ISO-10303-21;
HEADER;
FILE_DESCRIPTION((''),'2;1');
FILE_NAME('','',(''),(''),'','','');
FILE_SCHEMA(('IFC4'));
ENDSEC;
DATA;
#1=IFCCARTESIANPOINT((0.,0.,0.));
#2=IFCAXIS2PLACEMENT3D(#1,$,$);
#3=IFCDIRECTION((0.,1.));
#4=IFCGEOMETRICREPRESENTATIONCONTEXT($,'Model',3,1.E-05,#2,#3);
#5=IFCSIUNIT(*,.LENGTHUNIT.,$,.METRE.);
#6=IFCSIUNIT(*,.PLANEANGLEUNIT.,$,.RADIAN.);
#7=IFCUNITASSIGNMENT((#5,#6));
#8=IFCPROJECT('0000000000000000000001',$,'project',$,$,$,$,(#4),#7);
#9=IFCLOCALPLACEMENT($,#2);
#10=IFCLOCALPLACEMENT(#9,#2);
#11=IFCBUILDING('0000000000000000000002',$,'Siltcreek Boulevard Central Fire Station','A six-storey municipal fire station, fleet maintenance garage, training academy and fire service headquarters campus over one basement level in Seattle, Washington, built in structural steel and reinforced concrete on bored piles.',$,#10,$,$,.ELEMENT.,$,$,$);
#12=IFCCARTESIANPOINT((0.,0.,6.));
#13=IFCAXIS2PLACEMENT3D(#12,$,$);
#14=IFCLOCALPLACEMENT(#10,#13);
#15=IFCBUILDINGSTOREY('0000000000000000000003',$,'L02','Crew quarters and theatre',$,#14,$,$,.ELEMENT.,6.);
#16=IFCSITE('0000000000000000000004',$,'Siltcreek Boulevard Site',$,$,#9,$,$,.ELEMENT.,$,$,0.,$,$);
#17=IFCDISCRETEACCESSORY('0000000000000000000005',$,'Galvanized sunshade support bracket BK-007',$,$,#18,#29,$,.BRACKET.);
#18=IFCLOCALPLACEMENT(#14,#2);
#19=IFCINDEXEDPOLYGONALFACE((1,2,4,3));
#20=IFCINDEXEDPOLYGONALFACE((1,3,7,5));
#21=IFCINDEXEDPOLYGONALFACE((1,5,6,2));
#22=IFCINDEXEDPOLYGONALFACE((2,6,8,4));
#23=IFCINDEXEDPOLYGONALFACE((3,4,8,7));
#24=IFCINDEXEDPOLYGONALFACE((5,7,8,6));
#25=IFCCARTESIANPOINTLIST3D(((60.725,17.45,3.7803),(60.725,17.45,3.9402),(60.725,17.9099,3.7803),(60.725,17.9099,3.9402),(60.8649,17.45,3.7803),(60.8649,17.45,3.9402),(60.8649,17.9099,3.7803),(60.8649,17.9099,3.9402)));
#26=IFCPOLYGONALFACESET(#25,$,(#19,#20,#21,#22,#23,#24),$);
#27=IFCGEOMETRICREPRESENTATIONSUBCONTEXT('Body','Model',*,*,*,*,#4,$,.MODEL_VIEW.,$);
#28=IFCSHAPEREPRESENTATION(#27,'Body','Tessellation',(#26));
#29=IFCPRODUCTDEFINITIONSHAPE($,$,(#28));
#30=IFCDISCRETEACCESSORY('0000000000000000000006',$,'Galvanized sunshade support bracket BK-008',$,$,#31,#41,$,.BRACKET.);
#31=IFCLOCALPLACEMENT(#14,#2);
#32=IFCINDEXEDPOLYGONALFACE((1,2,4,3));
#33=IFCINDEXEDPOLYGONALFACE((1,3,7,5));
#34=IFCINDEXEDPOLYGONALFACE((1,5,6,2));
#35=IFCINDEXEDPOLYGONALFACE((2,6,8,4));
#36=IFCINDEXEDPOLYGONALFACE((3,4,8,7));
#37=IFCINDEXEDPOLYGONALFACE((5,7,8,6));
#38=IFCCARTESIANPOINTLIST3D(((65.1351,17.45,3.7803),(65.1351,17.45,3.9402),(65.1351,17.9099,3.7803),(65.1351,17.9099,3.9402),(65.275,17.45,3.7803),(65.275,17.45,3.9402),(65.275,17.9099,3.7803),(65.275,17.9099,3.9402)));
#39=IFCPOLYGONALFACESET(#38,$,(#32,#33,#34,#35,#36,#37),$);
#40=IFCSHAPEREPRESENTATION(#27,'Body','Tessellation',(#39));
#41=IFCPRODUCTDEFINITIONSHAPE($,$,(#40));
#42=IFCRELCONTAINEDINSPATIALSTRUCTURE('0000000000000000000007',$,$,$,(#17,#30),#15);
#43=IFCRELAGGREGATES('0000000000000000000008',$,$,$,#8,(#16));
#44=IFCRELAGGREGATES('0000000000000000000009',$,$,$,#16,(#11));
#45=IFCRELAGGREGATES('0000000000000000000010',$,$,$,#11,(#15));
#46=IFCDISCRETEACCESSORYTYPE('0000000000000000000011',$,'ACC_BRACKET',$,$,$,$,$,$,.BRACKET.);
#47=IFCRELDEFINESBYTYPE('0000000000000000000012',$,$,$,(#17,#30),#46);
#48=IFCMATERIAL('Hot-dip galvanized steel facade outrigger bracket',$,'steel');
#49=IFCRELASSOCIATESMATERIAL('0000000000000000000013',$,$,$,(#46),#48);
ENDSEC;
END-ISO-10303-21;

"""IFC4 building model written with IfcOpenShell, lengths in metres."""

from ifc_helpers import new_model, si_unit, direction, frame, origin, origin_2d, place, context, subcontext, project, spatial, rectangle, extrude, material, type_object, element, save


model = new_model("IFC4")

# Units and contexts
model_context = context("Model", 3, precision=1e-05, world=origin(), true_north=direction((0.0, 1.0)))
body_context = subcontext(model_context, "Body", "Model", "MODEL_VIEW")
ifc_project = project(units=[si_unit("LENGTHUNIT", "METRE"), si_unit("PLANEANGLEUNIT", "RADIAN")], contexts=[model_context])

# Site, building, storey
site_placement = place(None, origin())
site = spatial("IfcSite", under=ifc_project, at=site_placement, Name="Siltcreek Boulevard Site", CompositionType="ELEMENT", RefElevation=0.0)
building_placement = place(site_placement, origin())
building = spatial("IfcBuilding", under=site, at=building_placement, Name="Siltcreek Boulevard Central Fire Station", Description="A six-storey municipal fire station, fleet maintenance garage, training academy and fire service headquarters campus over one basement level in Seattle, Washington, built in structural steel and reinforced concrete on bored piles.", CompositionType="ELEMENT")
storey_placement = place(building_placement, frame((0.0, 0.0, 6.0)))
storey = spatial("IfcBuildingStorey", under=building, at=storey_placement, Name="L02", Description="Crew quarters and theatre", CompositionType="ELEMENT", Elevation=6.0)

# Discrete accessories
ifc_material_1 = material(Name="Hot-dip galvanized steel facade outrigger bracket", Category="steel")
discrete_accessory_type = type_object("IfcDiscreteAccessoryType", Name="ACC_BRACKET", PredefinedType="BRACKET", material=ifc_material_1)
for number, where, z_axis, x_axis, name in (
    (1, (60.7949, 17.6799, 3.7803), (0.0, 0.0, 1.0), (1.0, 0.0, 0.0), "Galvanized sunshade support bracket BK-007"),
    (2, (65.2051, 17.6799, 3.7803), (0.0, 0.0, 1.0), (1.0, 0.0, 0.0), "Galvanized sunshade support bracket BK-008"),
):
    element("IfcDiscreteAccessory", number, at=place(storey_placement, frame(where, z_axis=z_axis, x_axis=x_axis)), inside=storey, type_object=discrete_accessory_type, Name=name, PredefinedType="BRACKET", context=body_context, shape_type="SweptSolid", body=[
        extrude(rectangle(XDim=0.1399, YDim=0.46, at=origin_2d()), origin(), (0.0, 0.0, 1.0), 0.1599),
    ])

save(model, "model.ifc")
